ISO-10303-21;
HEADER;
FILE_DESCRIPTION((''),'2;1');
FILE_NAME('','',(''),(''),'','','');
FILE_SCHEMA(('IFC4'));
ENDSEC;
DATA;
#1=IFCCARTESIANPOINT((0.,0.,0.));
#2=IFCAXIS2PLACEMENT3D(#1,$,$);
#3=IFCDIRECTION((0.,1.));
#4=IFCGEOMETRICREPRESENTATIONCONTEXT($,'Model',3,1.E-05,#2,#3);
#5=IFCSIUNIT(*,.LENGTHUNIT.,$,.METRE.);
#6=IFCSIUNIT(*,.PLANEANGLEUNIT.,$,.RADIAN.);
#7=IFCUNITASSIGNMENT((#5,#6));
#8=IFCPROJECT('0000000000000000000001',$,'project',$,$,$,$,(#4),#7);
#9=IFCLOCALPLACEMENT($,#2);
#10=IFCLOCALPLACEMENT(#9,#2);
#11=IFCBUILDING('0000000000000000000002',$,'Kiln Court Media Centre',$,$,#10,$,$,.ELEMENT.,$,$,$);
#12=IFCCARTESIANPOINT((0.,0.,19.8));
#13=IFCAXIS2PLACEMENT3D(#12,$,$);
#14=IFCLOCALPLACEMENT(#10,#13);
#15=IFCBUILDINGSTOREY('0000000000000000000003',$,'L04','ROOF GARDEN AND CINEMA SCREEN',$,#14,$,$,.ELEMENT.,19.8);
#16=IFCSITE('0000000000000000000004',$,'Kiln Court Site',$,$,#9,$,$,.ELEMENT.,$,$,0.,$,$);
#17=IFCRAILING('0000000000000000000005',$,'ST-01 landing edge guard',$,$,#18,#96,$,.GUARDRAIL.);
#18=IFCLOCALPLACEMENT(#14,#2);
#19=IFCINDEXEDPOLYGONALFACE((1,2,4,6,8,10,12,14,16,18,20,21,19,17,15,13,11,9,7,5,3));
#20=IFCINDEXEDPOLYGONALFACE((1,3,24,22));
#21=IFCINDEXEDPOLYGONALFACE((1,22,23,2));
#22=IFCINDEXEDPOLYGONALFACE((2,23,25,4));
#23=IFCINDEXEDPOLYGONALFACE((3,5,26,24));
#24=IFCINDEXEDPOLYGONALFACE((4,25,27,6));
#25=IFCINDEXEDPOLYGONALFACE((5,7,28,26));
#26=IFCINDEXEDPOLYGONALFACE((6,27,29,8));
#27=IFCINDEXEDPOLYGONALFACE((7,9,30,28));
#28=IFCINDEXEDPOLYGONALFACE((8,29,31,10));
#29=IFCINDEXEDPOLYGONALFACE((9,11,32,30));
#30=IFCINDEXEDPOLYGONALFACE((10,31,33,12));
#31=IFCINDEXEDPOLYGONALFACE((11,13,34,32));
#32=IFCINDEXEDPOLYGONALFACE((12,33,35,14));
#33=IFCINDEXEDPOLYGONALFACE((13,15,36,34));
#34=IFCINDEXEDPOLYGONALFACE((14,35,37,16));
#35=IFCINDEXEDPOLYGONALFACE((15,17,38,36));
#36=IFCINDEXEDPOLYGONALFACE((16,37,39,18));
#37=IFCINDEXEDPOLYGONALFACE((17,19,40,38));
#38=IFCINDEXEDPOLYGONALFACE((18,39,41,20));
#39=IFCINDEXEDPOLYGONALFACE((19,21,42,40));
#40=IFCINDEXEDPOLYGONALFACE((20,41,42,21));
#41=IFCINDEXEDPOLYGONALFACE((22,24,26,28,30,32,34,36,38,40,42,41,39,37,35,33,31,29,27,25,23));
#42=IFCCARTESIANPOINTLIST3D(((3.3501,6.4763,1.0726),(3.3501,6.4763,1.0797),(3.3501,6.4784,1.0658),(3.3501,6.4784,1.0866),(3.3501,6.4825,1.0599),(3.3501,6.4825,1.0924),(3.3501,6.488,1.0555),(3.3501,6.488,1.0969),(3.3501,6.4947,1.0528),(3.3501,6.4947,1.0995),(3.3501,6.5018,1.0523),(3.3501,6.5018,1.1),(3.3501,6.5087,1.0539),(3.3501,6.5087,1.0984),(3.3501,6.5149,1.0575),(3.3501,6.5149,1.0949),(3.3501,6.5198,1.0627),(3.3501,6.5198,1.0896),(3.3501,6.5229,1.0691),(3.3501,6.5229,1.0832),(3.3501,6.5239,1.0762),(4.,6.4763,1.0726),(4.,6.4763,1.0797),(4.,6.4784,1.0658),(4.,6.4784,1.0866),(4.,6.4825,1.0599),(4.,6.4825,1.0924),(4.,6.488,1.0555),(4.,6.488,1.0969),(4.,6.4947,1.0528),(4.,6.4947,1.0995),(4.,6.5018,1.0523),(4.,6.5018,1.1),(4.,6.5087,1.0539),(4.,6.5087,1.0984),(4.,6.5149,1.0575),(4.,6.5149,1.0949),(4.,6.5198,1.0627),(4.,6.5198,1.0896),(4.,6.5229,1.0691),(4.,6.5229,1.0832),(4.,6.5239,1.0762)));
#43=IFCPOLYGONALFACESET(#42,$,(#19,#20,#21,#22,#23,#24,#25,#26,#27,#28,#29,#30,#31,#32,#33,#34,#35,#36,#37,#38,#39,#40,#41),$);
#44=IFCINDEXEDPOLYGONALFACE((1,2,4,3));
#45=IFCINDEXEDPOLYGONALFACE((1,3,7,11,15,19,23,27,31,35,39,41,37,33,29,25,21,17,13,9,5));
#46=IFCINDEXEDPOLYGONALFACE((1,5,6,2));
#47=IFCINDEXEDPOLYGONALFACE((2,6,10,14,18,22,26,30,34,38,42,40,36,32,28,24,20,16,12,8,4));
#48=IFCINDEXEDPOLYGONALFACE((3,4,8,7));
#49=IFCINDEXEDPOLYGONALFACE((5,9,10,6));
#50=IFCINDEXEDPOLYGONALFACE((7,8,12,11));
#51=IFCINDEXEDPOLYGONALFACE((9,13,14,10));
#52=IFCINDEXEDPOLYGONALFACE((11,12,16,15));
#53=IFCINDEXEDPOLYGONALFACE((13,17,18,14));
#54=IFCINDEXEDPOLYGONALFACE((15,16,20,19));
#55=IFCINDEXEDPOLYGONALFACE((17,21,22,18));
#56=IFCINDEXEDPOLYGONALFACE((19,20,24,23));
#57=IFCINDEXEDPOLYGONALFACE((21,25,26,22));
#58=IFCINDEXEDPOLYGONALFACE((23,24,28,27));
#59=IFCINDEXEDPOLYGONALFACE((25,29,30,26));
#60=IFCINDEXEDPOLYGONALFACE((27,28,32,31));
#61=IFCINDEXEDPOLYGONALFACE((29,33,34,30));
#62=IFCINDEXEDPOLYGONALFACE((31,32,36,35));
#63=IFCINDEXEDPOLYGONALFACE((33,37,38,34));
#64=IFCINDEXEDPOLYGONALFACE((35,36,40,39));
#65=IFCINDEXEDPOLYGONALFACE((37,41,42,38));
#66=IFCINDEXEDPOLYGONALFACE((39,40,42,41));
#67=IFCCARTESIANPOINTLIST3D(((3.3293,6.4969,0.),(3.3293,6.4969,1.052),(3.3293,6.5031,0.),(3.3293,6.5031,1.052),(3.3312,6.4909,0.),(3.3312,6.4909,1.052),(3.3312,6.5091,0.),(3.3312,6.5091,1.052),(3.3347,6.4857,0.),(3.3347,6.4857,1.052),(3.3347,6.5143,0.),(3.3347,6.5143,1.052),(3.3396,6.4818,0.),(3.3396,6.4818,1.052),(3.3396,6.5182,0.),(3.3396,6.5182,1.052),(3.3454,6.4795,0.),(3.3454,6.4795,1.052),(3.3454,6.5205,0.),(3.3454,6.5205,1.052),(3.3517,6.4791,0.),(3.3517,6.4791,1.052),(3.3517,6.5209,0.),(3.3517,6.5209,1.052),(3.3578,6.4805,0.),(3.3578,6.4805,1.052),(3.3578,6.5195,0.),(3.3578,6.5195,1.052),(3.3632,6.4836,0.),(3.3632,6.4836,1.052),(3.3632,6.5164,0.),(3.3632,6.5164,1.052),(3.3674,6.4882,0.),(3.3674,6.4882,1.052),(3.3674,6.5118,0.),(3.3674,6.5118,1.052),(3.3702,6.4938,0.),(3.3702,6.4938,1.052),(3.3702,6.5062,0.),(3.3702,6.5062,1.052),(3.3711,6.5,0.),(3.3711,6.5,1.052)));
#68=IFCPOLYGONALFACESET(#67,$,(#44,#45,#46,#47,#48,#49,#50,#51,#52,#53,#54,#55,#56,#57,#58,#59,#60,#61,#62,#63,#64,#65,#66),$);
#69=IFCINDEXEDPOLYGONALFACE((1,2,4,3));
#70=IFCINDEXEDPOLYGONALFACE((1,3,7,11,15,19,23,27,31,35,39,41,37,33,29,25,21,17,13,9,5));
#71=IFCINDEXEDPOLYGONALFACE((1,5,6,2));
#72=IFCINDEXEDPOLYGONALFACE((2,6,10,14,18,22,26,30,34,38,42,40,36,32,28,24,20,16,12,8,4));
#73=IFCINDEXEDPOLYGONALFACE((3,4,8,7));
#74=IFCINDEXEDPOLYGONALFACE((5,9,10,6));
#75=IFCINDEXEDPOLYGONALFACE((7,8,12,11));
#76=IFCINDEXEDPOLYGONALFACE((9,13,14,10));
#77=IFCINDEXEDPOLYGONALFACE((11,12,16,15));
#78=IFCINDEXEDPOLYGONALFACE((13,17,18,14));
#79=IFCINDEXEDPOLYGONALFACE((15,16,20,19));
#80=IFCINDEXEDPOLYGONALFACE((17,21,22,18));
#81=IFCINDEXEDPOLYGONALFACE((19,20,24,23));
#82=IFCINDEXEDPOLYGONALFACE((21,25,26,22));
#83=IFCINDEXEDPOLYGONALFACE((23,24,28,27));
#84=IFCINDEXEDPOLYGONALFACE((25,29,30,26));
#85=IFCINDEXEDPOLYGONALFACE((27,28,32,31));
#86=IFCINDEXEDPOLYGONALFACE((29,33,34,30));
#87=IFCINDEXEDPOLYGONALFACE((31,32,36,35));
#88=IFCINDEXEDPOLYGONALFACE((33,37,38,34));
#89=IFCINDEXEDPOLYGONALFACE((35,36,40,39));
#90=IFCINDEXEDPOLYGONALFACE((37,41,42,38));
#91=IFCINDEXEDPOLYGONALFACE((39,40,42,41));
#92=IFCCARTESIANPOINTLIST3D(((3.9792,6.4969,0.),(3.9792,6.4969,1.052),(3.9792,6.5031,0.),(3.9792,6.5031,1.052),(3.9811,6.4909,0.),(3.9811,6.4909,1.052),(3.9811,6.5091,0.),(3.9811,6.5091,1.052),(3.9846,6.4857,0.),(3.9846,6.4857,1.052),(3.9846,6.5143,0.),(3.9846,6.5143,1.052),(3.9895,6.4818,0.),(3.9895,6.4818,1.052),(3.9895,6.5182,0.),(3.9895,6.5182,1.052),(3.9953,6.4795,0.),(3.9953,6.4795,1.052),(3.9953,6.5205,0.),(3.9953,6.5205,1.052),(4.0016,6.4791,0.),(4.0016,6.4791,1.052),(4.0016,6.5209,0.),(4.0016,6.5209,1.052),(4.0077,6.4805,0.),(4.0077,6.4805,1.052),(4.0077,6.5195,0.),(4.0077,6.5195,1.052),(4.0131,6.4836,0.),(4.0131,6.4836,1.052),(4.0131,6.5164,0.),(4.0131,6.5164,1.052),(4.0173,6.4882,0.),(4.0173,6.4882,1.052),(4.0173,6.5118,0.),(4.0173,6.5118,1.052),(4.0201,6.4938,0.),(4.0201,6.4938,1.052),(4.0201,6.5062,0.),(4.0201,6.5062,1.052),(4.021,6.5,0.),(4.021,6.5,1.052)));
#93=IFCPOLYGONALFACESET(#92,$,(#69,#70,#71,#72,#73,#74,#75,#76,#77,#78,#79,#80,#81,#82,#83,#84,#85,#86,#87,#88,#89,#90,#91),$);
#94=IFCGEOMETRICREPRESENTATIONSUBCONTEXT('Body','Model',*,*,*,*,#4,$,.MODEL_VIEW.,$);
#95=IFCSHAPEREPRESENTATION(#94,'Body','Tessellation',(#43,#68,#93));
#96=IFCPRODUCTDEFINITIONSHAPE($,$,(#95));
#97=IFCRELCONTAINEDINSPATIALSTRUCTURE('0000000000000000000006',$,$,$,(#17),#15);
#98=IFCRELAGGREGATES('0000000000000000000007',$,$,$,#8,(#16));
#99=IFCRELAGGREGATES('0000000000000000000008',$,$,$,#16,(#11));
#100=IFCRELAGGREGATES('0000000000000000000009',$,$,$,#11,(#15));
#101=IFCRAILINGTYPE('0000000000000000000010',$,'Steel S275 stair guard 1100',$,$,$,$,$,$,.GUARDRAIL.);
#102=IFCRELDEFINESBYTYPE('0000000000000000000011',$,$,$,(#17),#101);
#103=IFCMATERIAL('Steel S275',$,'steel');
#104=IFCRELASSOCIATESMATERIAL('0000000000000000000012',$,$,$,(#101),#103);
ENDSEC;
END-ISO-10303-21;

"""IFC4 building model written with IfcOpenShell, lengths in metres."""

from ifc_helpers import new_model, si_unit, direction, frame, origin, origin_2d, place, context, subcontext, project, spatial, circle, extrude, material, type_object, element, save


model = new_model("IFC4")

# Units and contexts
model_context = context("Model", 3, precision=1e-05, world=origin(), true_north=direction((0.0, 1.0)))
body_context = subcontext(model_context, "Body", "Model", "MODEL_VIEW")
ifc_project = project(units=[si_unit("LENGTHUNIT", "METRE"), si_unit("PLANEANGLEUNIT", "RADIAN")], contexts=[model_context])

# Site, building, storey
site_placement = place(None, origin())
site = spatial("IfcSite", under=ifc_project, at=site_placement, Name="Kiln Court Site", CompositionType="ELEMENT", RefElevation=0.0)
building_placement = place(site_placement, origin())
building = spatial("IfcBuilding", under=site, at=building_placement, Name="Kiln Court Media Centre", CompositionType="ELEMENT")
storey_placement = place(building_placement, frame((0.0, 0.0, 19.8)))
storey = spatial("IfcBuildingStorey", under=building, at=storey_placement, Name="L04", Description="ROOF GARDEN AND CINEMA SCREEN", CompositionType="ELEMENT", Elevation=19.8)

# Railing
ifc_material_1 = material(Name="Steel S275", Category="steel")
railing_type_1 = type_object("IfcRailingType", Name="Steel S275 stair guard 1100", PredefinedType="GUARDRAIL", material=ifc_material_1)
for number, where, name in (
    (1, (3.3501, 6.5, 0.0), "ST-01 landing edge guard"),
):
    element("IfcRailing", number, at=place(storey_placement, frame(where)), inside=storey, type_object=railing_type_1, Name=name, PredefinedType="GUARDRAIL", context=body_context, shape_type="SweptSolid", body=[
        extrude(circle(Radius=0.0239, at=origin_2d()), frame((0.0, 0.0, 1.0762), z_axis=(1.0, 0.0, 0.0), x_axis=(0.0, 1.0, 0.0)), (0.0, 0.0, 1.0), 0.6499),
        extrude(circle(Radius=0.021, at=origin_2d()), origin(), (0.0, 0.0, 1.0), 1.052),
        extrude(circle(Radius=0.021, at=origin_2d()), frame((0.6499, 0.0, 0.0)), (0.0, 0.0, 1.0), 1.052),
    ])

save(model, "model.ifc")
